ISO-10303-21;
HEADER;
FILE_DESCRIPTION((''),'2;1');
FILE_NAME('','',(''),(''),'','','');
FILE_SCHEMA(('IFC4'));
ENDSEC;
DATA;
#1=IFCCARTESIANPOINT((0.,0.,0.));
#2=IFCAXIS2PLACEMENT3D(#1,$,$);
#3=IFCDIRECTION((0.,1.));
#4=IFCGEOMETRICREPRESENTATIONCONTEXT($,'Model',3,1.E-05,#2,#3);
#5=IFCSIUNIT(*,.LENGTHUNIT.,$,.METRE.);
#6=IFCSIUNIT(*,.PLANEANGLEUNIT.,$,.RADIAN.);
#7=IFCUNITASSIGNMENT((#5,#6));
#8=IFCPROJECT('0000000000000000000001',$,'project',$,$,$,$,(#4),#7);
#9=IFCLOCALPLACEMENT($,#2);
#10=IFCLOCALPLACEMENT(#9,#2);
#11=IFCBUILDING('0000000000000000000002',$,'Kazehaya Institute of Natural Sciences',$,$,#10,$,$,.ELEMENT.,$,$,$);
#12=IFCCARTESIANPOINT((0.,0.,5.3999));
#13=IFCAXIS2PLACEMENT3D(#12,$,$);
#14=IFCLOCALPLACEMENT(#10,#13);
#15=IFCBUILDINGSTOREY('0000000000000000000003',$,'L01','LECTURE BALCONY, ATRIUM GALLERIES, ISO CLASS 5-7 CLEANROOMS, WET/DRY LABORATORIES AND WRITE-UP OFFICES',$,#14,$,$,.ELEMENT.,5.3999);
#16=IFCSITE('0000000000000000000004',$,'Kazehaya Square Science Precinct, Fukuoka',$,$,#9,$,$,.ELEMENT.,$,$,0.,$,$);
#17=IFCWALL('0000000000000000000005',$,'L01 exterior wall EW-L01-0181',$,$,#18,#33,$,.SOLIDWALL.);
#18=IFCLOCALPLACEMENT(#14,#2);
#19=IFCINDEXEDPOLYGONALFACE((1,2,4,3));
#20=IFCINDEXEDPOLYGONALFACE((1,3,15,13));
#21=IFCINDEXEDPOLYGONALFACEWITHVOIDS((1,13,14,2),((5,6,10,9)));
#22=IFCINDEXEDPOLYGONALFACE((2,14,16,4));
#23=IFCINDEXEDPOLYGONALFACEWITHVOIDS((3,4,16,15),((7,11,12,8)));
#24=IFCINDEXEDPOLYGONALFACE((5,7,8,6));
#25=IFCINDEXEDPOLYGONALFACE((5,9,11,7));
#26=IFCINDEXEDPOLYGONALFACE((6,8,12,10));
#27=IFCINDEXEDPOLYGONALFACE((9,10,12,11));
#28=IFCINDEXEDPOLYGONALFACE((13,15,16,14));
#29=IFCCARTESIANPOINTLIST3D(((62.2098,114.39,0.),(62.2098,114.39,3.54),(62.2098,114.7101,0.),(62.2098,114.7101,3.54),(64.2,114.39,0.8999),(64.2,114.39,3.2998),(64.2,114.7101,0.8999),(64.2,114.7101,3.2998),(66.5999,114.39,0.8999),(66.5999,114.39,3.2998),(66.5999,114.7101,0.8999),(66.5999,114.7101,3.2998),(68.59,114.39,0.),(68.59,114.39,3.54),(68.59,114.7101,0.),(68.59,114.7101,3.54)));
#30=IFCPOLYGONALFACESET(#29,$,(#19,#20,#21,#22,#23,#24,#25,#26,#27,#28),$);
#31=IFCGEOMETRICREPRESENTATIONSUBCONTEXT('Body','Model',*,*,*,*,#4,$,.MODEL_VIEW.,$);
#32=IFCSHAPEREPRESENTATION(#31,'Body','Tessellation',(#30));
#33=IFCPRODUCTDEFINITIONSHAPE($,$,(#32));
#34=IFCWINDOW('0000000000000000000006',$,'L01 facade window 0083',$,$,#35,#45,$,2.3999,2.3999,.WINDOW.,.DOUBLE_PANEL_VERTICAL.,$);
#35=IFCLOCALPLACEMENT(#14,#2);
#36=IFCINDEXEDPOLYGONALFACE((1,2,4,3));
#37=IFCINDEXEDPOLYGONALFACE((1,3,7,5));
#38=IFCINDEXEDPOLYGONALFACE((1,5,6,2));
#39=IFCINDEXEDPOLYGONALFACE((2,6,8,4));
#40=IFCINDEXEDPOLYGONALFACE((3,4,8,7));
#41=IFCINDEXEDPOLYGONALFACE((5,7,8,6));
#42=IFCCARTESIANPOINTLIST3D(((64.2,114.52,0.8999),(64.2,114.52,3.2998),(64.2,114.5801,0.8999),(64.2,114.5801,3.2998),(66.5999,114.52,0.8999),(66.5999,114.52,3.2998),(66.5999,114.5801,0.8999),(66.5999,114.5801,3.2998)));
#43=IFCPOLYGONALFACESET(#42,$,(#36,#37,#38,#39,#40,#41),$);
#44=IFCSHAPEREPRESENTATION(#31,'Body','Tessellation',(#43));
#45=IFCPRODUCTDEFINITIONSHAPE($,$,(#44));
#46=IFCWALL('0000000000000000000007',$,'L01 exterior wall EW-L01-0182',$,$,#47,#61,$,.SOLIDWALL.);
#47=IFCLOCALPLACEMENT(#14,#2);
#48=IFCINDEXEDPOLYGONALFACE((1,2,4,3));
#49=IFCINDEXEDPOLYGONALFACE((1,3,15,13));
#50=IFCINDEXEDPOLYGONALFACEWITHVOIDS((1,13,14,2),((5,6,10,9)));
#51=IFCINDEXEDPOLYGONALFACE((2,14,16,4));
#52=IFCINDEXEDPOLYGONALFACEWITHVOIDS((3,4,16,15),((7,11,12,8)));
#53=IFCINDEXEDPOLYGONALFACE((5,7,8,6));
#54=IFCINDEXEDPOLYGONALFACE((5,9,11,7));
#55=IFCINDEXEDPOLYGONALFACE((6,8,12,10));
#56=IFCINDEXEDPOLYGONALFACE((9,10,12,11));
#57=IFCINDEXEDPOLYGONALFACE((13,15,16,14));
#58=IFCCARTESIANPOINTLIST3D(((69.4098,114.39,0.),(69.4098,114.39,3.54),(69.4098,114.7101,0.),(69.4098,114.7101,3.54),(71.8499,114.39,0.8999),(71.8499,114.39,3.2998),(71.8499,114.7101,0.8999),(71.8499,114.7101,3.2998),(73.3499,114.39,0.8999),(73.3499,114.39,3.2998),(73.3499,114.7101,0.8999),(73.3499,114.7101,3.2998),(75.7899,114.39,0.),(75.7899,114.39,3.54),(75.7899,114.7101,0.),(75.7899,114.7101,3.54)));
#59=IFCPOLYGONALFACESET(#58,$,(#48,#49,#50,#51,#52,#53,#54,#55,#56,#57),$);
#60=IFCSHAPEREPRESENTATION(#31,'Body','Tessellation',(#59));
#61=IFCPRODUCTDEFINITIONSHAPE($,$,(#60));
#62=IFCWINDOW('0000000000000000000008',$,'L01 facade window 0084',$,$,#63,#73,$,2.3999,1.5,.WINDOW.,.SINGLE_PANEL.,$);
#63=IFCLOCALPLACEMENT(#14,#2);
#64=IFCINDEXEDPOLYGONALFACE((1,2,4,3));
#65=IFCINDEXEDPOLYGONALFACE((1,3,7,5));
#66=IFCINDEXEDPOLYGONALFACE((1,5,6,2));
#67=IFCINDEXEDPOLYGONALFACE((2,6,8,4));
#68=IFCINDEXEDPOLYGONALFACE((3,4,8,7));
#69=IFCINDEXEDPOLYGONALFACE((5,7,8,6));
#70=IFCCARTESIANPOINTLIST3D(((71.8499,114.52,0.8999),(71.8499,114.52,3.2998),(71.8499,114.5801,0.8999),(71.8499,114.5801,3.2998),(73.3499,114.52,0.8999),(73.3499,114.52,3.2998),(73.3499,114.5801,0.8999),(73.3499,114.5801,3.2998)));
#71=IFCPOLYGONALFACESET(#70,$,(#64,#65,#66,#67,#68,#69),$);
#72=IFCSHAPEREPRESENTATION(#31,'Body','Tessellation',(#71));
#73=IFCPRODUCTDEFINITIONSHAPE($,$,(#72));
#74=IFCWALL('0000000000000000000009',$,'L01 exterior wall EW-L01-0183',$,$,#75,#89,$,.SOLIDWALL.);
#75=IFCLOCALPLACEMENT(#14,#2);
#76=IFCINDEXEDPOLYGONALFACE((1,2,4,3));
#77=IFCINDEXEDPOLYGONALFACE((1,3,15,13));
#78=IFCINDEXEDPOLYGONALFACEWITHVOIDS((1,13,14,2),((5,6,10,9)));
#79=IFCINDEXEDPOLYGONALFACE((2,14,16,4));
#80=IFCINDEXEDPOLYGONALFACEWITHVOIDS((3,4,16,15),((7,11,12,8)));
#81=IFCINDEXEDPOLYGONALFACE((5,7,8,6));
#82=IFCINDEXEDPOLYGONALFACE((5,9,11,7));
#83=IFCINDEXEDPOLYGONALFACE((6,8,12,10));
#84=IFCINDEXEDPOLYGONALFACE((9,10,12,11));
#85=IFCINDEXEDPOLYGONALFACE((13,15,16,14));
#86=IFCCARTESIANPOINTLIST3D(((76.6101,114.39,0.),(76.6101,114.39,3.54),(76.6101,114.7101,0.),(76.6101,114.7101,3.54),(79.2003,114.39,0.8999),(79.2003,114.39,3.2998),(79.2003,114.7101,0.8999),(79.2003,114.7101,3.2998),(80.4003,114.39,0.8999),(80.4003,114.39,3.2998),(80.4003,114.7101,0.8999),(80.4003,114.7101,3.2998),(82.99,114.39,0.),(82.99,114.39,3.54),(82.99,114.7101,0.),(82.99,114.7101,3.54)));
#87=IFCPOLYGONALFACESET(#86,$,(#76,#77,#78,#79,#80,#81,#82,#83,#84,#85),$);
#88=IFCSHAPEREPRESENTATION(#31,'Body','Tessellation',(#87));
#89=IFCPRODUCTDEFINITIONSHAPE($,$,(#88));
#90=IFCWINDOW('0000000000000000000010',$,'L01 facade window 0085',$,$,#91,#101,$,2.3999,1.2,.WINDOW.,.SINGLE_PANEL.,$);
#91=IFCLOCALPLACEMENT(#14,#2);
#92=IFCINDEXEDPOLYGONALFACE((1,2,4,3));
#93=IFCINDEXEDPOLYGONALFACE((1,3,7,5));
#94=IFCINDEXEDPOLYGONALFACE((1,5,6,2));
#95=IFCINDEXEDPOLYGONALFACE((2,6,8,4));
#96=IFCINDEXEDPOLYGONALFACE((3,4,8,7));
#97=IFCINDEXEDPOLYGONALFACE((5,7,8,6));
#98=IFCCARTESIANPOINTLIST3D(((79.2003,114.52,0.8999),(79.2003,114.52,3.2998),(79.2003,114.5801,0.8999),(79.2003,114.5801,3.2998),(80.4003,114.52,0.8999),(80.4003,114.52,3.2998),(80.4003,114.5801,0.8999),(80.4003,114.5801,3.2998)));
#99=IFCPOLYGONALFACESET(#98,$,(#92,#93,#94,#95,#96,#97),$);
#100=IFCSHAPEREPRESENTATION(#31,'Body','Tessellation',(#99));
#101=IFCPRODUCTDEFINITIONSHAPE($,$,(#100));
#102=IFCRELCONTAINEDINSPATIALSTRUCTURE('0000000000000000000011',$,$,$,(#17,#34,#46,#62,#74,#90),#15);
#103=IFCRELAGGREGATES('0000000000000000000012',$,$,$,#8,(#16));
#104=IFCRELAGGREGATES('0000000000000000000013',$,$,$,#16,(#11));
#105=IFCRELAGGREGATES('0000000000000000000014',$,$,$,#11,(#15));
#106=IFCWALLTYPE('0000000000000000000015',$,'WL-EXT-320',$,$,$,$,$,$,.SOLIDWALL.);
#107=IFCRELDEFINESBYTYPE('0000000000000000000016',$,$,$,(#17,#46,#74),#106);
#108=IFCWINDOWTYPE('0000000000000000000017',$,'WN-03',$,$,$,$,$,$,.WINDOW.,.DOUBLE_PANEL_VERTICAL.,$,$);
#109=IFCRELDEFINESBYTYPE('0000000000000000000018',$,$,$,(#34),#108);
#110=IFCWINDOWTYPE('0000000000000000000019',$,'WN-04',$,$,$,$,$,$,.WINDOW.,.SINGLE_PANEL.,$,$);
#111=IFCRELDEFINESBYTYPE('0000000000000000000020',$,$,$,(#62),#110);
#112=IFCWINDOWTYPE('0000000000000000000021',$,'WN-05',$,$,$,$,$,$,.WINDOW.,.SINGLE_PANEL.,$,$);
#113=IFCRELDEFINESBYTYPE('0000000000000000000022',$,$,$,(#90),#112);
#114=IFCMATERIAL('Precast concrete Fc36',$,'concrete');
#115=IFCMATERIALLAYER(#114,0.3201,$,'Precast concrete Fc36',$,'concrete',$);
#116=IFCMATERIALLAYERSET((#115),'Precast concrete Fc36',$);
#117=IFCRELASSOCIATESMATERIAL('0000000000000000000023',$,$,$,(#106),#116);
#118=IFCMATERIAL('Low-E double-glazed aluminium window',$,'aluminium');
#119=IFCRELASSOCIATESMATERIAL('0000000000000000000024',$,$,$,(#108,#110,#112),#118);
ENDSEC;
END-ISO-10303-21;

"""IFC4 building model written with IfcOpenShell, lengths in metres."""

from ifc_helpers import new_model, si_unit, direction, frame, frame_2d, origin, place, context, subcontext, project, spatial, rectangle, extrude, material, layer, layer_set, type_object, element, fill, save


model = new_model("IFC4")

# Units and contexts
model_context = context("Model", 3, precision=1e-05, world=origin(), true_north=direction((0.0, 1.0)))
body_context = subcontext(model_context, "Body", "Model", "MODEL_VIEW")
ifc_project = project(units=[si_unit("LENGTHUNIT", "METRE"), si_unit("PLANEANGLEUNIT", "RADIAN")], contexts=[model_context])

# Site, building, storey
site_placement = place(None, origin())
site = spatial("IfcSite", under=ifc_project, at=site_placement, Name="Kazehaya Square Science Precinct, Fukuoka", CompositionType="ELEMENT", RefElevation=0.0)
building_placement = place(site_placement, origin())
building = spatial("IfcBuilding", under=site, at=building_placement, Name="Kazehaya Institute of Natural Sciences", CompositionType="ELEMENT")
storey_placement = place(building_placement, frame((0.0, 0.0, 5.3999)))
storey = spatial("IfcBuildingStorey", under=building, at=storey_placement, Name="L01", Description="LECTURE BALCONY, ATRIUM GALLERIES, ISO CLASS 5-7 CLEANROOMS, WET/DRY LABORATORIES AND WRITE-UP OFFICES", CompositionType="ELEMENT", Elevation=5.3999)

# Walls, openings, windows
ifc_material_1 = material(Name="Precast concrete Fc36", Category="concrete")
ifc_layer = layer(ifc_material_1, 0.3201, Name="Precast concrete Fc36", Category="concrete")
ifc_layer_set = layer_set([ifc_layer], Name="Precast concrete Fc36")
wall_type = type_object("IfcWallType", Name="WL-EXT-320", PredefinedType="SOLIDWALL", material=ifc_layer_set)
ifc_material_2 = material(Name="Low-E double-glazed aluminium window", Category="aluminium")
wall_1_placement = place(storey_placement, frame((62.21, 114.55, 0.0), z_axis=(0.0, 0.0, 1.0), x_axis=(1.0, 0.0, 0.0)))
wall_1 = element("IfcWall", 1, at=wall_1_placement, inside=storey, type_object=wall_type, Name="L01 exterior wall EW-L01-0181", PredefinedType="SOLIDWALL", context=body_context, shape_type="SweptSolid", body=[
    extrude(rectangle(XDim=6.3801, YDim=0.3201, at=frame_2d((3.1899, 0.0))), origin(), (0.0, 0.0, 1.0), 3.54),
])
opening_1_placement = place(wall_1_placement, frame((1.99, 0.0, 0.8999)))
opening_1 = element("IfcOpeningElement", 2, at=opening_1_placement, cuts=wall_1, PredefinedType="OPENING", context=body_context, shape_type="SweptSolid", body=[
    extrude(rectangle(XDim=2.3999, YDim=2.3999, at=frame_2d((1.2, 1.2))), frame((0.0, 0.1699, 0.0), z_axis=(0.0, -1.0, 0.0), x_axis=(1.0, 0.0, 0.0)), (0.0, 0.0, 1.0), 0.3401),
])
window_type_1 = type_object("IfcWindowType", Name="WN-03", PartitioningType="DOUBLE_PANEL_VERTICAL", PredefinedType="WINDOW", material=ifc_material_2)
window_1_placement = place(opening_1_placement, origin())
window_1 = element("IfcWindow", 3, at=window_1_placement, inside=storey, type_object=window_type_1, Name="L01 facade window 0083", OverallHeight=2.3999, OverallWidth=2.3999, PartitioningType="DOUBLE_PANEL_VERTICAL", PredefinedType="WINDOW", context=body_context, shape_type="SweptSolid", body=[
    extrude(rectangle(XDim=2.3999, YDim=2.3999, at=frame_2d((1.2, 1.2))), frame((0.0, 0.03, 0.0), z_axis=(0.0, -1.0, 0.0), x_axis=(1.0, 0.0, 0.0)), (0.0, 0.0, 1.0), 0.0601),
])
fill(opening_1, window_1)
wall_2_placement = place(storey_placement, frame((69.4099, 114.55, 0.0), z_axis=(0.0, 0.0, 1.0), x_axis=(1.0, 0.0, 0.0)))
wall_2 = element("IfcWall", 4, at=wall_2_placement, inside=storey, type_object=wall_type, Name="L01 exterior wall EW-L01-0182", PredefinedType="SOLIDWALL", context=body_context, shape_type="SweptSolid", body=[
    extrude(rectangle(XDim=6.3801, YDim=0.3201, at=frame_2d((3.1899, 0.0))), origin(), (0.0, 0.0, 1.0), 3.54),
])
opening_2_placement = place(wall_2_placement, frame((2.4399, 0.0, 0.8999)))
opening_2 = element("IfcOpeningElement", 5, at=opening_2_placement, cuts=wall_2, PredefinedType="OPENING", context=body_context, shape_type="SweptSolid", body=[
    extrude(rectangle(XDim=1.5, YDim=2.3999, at=frame_2d((0.75, 1.2))), frame((0.0, 0.1699, 0.0), z_axis=(0.0, -1.0, 0.0), x_axis=(1.0, 0.0, 0.0)), (0.0, 0.0, 1.0), 0.3401),
])
window_type_2 = type_object("IfcWindowType", Name="WN-04", PartitioningType="SINGLE_PANEL", PredefinedType="WINDOW", material=ifc_material_2)
window_2_placement = place(opening_2_placement, origin())
window_2 = element("IfcWindow", 6, at=window_2_placement, inside=storey, type_object=window_type_2, Name="L01 facade window 0084", OverallHeight=2.3999, OverallWidth=1.5, PartitioningType="SINGLE_PANEL", PredefinedType="WINDOW", context=body_context, shape_type="SweptSolid", body=[
    extrude(rectangle(XDim=1.5, YDim=2.3999, at=frame_2d((0.75, 1.2))), frame((0.0, 0.03, 0.0), z_axis=(0.0, -1.0, 0.0), x_axis=(1.0, 0.0, 0.0)), (0.0, 0.0, 1.0), 0.0601),
])
fill(opening_2, window_2)
wall_3_placement = place(storey_placement, frame((76.6101, 114.55, 0.0), z_axis=(0.0, 0.0, 1.0), x_axis=(1.0, 0.0, 0.0)))
wall_3 = element("IfcWall", 7, at=wall_3_placement, inside=storey, type_object=wall_type, Name="L01 exterior wall EW-L01-0183", PredefinedType="SOLIDWALL", context=body_context, shape_type="SweptSolid", body=[
    extrude(rectangle(XDim=6.3799, YDim=0.3201, at=frame_2d((3.1899, 0.0))), origin(), (0.0, 0.0, 1.0), 3.54),
])
opening_3_placement = place(wall_3_placement, frame((2.5901, 0.0, 0.8999)))
opening_3 = element("IfcOpeningElement", 8, at=opening_3_placement, cuts=wall_3, PredefinedType="OPENING", context=body_context, shape_type="SweptSolid", body=[
    extrude(rectangle(XDim=1.2, YDim=2.3999, at=frame_2d((0.6001, 1.2))), frame((0.0, 0.1699, 0.0), z_axis=(0.0, -1.0, 0.0), x_axis=(1.0, 0.0, 0.0)), (0.0, 0.0, 1.0), 0.3401),
])
window_type_3 = type_object("IfcWindowType", Name="WN-05", PartitioningType="SINGLE_PANEL", PredefinedType="WINDOW", material=ifc_material_2)
window_3_placement = place(opening_3_placement, origin())
window_3 = element("IfcWindow", 9, at=window_3_placement, inside=storey, type_object=window_type_3, Name="L01 facade window 0085", OverallHeight=2.3999, OverallWidth=1.2, PartitioningType="SINGLE_PANEL", PredefinedType="WINDOW", context=body_context, shape_type="SweptSolid", body=[
    extrude(rectangle(XDim=1.2, YDim=2.3999, at=frame_2d((0.6001, 1.2))), frame((0.0, 0.03, 0.0), z_axis=(0.0, -1.0, 0.0), x_axis=(1.0, 0.0, 0.0)), (0.0, 0.0, 1.0), 0.0601),
])
fill(opening_3, window_3)

save(model, "model.ifc")
